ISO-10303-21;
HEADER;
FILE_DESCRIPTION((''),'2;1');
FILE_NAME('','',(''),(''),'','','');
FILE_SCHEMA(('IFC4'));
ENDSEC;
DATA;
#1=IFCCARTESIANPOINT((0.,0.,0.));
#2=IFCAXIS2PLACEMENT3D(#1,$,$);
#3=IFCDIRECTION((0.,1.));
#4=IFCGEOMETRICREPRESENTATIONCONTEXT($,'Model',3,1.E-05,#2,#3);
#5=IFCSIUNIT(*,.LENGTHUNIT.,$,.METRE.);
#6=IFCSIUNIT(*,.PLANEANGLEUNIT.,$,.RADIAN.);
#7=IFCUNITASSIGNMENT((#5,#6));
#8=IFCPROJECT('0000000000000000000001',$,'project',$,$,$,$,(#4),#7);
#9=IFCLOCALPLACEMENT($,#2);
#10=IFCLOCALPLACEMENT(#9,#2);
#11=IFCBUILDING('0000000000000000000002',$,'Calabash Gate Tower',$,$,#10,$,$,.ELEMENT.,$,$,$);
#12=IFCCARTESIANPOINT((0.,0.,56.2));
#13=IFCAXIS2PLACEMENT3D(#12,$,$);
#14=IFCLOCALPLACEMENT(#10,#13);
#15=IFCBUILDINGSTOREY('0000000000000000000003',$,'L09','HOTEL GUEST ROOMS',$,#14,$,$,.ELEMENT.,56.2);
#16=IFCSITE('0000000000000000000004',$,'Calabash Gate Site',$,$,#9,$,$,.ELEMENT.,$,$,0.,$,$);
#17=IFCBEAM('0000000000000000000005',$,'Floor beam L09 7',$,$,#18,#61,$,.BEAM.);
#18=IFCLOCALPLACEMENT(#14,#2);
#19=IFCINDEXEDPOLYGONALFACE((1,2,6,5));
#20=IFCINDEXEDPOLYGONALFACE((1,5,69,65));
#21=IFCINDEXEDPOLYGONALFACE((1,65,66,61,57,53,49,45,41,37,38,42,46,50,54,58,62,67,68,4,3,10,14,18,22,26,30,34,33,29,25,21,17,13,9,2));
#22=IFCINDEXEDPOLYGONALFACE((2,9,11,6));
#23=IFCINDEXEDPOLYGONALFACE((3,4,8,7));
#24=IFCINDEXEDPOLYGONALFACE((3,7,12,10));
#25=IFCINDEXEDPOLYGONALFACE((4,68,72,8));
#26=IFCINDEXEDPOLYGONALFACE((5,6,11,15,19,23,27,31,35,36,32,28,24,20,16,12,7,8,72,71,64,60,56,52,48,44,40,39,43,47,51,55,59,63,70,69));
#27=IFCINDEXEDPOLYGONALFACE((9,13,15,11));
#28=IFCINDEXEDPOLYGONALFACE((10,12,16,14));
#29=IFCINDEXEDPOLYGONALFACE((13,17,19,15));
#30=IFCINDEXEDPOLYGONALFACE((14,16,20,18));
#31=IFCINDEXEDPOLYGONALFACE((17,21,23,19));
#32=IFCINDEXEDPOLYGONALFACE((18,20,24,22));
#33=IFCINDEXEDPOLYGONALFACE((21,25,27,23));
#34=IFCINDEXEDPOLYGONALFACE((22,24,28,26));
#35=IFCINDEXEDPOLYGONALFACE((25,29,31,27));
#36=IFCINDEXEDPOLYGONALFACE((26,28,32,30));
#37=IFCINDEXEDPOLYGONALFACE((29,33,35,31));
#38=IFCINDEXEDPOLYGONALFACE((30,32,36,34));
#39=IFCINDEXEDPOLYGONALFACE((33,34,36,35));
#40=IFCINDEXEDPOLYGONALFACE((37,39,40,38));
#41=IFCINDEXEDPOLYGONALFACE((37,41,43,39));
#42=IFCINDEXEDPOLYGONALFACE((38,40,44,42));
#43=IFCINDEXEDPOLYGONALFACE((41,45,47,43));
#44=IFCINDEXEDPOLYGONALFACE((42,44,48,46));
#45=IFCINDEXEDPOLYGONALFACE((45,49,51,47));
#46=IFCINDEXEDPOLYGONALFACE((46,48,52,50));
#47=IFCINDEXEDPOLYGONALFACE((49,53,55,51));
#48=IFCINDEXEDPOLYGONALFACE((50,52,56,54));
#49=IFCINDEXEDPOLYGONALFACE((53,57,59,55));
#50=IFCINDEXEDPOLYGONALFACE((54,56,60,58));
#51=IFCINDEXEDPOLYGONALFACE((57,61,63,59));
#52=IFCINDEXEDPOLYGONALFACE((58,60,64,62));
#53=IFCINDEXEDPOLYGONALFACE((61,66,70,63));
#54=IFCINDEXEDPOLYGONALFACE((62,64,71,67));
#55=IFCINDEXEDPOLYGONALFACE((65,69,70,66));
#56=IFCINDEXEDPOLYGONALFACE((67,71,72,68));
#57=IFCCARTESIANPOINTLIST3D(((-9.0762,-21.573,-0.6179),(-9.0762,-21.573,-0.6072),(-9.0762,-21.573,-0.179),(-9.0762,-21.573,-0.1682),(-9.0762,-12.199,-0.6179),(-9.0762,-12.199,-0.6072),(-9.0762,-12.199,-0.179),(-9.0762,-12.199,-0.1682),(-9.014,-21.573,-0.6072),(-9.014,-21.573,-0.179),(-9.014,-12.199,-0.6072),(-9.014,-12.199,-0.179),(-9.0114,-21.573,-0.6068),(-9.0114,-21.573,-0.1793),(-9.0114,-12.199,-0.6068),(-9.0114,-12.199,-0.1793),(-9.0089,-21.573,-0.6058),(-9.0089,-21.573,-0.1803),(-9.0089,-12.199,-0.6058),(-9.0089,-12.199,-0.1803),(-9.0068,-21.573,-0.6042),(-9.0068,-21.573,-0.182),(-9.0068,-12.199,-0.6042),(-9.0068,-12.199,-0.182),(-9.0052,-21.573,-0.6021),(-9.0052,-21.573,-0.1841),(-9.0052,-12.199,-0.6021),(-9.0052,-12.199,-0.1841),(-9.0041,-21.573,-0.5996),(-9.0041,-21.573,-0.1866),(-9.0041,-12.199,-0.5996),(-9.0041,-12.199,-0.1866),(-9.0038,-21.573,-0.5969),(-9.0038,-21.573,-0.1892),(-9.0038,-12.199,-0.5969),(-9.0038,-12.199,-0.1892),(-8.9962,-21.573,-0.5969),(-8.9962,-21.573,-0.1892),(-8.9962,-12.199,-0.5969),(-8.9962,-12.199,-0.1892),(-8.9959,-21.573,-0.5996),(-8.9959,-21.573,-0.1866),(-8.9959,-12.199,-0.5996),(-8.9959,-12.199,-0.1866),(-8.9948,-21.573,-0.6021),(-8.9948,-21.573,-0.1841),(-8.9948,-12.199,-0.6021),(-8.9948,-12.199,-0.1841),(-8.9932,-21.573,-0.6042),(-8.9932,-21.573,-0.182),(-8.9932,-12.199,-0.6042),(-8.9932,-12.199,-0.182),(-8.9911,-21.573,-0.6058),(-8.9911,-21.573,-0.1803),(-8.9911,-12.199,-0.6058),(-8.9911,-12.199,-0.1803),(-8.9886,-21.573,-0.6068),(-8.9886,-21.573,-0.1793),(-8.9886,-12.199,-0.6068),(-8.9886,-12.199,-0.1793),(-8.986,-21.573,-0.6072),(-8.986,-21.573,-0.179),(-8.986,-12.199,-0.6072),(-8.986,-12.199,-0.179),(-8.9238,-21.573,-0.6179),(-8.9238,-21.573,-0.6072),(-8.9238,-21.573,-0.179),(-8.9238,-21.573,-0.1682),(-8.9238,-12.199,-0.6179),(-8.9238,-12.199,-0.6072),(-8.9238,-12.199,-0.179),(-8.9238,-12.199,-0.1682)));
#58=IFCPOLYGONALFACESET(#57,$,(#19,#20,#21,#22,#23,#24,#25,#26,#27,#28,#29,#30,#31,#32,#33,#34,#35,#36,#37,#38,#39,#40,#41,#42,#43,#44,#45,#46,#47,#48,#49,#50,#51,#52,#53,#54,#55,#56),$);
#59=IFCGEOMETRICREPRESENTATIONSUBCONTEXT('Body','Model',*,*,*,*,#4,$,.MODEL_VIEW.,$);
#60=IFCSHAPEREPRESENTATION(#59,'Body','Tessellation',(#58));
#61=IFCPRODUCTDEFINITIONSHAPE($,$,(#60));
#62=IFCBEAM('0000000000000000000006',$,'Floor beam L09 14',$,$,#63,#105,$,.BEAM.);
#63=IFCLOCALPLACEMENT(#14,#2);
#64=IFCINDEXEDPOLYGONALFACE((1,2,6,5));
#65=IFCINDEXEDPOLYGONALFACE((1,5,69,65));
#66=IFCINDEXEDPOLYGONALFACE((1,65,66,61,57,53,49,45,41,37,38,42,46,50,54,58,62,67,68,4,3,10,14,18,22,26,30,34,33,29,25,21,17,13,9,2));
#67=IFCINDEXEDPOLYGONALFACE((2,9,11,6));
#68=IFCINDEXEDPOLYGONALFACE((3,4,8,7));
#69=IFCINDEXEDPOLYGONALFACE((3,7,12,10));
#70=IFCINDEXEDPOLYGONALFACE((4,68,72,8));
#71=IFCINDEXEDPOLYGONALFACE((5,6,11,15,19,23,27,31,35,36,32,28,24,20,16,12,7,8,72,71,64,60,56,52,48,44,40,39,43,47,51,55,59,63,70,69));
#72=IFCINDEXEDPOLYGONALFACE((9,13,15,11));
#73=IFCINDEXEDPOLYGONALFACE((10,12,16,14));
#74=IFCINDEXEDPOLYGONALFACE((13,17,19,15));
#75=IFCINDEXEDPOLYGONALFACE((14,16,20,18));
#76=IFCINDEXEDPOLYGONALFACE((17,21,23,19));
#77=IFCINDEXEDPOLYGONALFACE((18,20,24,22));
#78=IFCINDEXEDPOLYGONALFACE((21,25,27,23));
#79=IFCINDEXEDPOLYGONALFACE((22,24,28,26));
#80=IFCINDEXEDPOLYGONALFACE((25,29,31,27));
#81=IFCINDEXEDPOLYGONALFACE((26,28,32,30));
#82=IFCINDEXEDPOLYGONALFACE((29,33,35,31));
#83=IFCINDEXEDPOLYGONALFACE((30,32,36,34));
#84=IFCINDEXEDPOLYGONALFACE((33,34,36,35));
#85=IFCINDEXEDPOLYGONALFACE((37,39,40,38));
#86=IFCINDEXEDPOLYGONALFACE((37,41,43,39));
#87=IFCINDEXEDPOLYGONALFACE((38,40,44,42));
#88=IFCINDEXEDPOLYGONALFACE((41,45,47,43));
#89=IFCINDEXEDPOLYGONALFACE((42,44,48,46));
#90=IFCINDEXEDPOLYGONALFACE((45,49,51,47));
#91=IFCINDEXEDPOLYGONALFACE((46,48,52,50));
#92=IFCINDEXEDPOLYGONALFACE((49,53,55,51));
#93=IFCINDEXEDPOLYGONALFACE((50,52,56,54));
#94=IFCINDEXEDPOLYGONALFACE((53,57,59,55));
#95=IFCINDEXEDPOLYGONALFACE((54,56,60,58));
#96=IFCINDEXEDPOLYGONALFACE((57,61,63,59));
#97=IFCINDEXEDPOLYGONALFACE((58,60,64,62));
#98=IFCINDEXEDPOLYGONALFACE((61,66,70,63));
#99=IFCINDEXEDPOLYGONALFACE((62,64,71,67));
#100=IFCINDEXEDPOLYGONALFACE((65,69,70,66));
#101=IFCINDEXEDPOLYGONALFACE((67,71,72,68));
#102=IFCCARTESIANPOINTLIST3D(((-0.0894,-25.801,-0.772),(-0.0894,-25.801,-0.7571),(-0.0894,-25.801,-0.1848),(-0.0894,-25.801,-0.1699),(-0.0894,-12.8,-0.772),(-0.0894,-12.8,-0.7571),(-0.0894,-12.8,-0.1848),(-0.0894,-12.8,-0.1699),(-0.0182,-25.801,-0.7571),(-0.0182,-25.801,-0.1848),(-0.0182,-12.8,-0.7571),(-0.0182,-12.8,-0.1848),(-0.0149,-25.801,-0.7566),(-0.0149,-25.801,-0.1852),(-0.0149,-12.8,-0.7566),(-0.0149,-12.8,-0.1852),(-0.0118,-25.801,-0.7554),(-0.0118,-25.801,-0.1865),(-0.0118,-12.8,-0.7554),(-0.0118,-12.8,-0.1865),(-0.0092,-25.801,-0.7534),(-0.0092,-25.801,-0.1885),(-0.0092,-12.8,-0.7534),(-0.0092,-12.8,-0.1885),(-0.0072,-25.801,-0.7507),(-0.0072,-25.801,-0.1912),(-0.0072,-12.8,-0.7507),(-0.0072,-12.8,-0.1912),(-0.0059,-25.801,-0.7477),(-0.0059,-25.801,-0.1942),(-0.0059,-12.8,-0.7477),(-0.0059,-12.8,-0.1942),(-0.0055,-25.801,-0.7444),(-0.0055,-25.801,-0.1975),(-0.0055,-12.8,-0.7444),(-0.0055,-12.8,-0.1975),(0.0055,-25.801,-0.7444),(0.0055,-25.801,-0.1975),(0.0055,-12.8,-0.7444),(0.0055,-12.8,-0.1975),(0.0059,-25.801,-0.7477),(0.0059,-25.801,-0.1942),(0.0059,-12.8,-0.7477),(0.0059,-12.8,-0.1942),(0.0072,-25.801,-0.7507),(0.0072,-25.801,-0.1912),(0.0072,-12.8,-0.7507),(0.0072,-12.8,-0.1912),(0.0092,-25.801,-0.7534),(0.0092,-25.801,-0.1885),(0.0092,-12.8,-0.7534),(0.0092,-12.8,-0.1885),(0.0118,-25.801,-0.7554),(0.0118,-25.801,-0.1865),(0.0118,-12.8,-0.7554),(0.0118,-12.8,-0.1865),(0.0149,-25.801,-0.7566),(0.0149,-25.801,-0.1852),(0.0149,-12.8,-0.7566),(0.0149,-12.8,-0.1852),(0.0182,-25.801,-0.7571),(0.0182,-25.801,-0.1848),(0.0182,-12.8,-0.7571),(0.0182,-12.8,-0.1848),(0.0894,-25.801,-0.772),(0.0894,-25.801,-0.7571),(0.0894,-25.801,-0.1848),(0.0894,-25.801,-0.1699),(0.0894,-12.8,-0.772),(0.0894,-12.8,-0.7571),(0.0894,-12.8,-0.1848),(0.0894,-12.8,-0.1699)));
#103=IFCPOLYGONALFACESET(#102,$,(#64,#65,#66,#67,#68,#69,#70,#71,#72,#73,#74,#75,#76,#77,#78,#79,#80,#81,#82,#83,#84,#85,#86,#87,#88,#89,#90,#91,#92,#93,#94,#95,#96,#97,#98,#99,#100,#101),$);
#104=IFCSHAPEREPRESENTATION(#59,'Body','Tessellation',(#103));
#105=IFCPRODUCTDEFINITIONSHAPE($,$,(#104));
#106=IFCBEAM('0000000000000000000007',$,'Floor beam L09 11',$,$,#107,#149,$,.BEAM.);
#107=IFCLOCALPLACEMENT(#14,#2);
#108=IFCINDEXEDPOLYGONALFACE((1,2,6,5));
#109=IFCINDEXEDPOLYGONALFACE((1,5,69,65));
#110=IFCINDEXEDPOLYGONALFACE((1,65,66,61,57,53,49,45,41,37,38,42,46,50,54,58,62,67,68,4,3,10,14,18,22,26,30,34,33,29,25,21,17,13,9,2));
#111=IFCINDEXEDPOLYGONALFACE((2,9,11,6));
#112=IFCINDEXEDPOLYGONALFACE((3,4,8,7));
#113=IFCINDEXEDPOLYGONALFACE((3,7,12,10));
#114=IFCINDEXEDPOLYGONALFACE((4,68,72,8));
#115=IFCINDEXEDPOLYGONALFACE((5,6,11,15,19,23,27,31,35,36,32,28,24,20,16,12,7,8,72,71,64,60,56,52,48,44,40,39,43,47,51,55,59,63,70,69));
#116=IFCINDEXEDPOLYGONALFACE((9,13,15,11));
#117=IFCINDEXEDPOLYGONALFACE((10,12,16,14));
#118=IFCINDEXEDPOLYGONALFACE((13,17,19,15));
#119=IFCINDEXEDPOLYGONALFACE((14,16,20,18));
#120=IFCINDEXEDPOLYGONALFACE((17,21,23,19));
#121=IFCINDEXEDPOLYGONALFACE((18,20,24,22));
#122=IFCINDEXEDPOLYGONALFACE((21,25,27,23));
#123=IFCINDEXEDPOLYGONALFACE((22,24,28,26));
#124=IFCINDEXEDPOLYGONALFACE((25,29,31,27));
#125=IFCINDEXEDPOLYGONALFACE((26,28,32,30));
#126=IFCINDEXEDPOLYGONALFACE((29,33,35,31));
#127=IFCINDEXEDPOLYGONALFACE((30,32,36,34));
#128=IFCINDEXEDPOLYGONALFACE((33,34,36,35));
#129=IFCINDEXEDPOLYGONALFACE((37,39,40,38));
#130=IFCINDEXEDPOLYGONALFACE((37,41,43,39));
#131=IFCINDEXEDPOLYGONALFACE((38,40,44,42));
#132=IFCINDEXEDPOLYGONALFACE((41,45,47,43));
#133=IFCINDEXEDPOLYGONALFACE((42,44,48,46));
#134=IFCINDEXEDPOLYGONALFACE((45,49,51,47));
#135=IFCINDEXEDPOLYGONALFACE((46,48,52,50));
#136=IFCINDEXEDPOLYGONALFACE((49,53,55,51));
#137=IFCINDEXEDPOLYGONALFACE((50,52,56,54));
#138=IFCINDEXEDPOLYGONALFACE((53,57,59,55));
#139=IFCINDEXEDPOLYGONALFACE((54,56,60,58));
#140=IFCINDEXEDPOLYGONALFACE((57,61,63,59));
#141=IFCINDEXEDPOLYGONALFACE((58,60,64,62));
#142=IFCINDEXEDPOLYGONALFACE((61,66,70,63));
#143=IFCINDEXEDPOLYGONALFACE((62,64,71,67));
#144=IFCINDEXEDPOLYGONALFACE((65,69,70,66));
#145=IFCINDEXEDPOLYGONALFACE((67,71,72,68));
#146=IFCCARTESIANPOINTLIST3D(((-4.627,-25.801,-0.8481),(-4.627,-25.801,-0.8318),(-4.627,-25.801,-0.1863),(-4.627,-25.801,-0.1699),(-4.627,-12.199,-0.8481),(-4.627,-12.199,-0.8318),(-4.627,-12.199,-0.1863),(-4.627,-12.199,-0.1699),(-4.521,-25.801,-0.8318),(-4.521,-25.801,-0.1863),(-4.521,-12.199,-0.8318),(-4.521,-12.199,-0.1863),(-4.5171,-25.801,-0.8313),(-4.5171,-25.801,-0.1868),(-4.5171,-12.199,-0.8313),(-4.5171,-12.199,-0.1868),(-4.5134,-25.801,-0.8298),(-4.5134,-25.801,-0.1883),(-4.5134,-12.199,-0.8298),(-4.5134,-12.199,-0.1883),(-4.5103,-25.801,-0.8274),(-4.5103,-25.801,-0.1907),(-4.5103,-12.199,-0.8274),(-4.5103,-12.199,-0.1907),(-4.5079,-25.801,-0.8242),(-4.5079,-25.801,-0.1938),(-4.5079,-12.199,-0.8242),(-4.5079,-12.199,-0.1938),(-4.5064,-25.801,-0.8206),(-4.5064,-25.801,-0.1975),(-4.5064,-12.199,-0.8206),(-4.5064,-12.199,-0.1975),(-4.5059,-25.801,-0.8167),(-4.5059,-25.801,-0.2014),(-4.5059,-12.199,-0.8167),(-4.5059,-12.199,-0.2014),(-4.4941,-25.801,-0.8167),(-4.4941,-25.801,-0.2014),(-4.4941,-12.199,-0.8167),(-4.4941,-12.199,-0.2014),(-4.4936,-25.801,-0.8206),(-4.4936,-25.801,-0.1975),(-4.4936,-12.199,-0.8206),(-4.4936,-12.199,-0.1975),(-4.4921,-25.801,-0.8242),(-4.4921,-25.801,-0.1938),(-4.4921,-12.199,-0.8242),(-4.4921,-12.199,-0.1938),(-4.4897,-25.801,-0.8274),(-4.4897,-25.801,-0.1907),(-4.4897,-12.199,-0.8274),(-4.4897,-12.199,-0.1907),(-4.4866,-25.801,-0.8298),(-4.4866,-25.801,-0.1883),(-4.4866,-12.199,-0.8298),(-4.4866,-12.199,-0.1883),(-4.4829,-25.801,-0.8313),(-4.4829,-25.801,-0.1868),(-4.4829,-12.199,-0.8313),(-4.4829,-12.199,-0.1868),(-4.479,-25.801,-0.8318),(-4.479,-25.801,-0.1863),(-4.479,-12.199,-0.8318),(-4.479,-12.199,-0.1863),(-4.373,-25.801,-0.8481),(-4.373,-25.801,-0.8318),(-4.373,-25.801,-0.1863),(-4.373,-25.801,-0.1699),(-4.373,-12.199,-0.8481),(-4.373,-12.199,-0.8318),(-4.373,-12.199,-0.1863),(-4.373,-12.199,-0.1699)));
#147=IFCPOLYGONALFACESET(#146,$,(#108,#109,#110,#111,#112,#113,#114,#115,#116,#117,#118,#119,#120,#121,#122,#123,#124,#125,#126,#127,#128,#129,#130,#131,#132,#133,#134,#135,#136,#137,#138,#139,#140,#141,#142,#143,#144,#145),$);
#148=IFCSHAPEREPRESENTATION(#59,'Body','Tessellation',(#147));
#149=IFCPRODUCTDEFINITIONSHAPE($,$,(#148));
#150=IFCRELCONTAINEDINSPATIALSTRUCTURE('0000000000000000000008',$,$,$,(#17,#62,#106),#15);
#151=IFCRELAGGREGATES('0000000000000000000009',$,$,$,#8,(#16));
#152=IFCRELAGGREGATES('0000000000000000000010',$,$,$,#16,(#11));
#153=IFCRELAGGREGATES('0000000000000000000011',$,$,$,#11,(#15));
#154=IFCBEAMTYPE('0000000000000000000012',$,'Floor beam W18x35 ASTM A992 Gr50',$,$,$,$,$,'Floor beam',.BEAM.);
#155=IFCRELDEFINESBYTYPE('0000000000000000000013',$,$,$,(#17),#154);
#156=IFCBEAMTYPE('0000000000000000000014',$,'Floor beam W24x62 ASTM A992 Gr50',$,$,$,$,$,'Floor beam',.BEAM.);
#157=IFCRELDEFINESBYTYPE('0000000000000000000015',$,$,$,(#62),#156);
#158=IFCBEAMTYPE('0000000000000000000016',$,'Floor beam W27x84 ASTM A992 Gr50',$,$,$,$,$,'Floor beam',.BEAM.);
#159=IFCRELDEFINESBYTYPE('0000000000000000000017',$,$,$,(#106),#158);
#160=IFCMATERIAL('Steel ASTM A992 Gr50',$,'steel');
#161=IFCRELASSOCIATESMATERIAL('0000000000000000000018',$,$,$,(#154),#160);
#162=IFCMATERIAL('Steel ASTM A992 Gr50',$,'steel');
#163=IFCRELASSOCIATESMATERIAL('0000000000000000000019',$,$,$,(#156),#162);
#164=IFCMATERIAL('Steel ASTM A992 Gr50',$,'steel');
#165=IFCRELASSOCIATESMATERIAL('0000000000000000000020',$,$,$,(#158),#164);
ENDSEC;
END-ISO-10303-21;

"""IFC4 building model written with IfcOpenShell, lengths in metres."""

from ifc_helpers import new_model, si_unit, direction, frame, origin, origin_2d, place, context, subcontext, project, spatial, i_section, extrude, material, material_profile, profile_set, type_object, element, save


model = new_model("IFC4")

# Units and contexts
model_context = context("Model", 3, precision=1e-05, world=origin(), true_north=direction((0.0, 1.0)))
body_context = subcontext(model_context, "Body", "Model", "MODEL_VIEW")
ifc_project = project(units=[si_unit("LENGTHUNIT", "METRE"), si_unit("PLANEANGLEUNIT", "RADIAN")], contexts=[model_context])

# Site, building, storey
site_placement = place(None, origin())
site = spatial("IfcSite", under=ifc_project, at=site_placement, Name="Calabash Gate Site", CompositionType="ELEMENT", RefElevation=0.0)
building_placement = place(site_placement, origin())
building = spatial("IfcBuilding", under=site, at=building_placement, Name="Calabash Gate Tower", CompositionType="ELEMENT")
storey_placement = place(building_placement, frame((0.0, 0.0, 56.2)))
storey = spatial("IfcBuildingStorey", under=building, at=storey_placement, Name="L09", Description="HOTEL GUEST ROOMS", CompositionType="ELEMENT", Elevation=56.2)

# Beams
ifc_material_1 = material(Name="Steel ASTM A992 Gr50", Category="steel")
ifc_material_profile_1 = material_profile(ifc_material_1, i_section(OverallWidth=0.1523, OverallDepth=0.4497, WebThickness=0.0076, FlangeThickness=0.0107, FilletRadius=0.0103, at=origin_2d()))
ifc_profile_set_1 = profile_set([ifc_material_profile_1], Name="Steel ASTM A992 Gr50")
beam_type_1 = type_object("IfcBeamType", Name="Floor beam W18x35 ASTM A992 Gr50", ElementType="Floor beam", PredefinedType="BEAM", material=ifc_profile_set_1)
beam_1_placement = place(storey_placement, frame((-9.0, -21.573, -0.3931), z_axis=(0.0, 1.0, 0.0), x_axis=(-1.0, 0.0, 0.0)))
element("IfcBeam", 1, at=beam_1_placement, inside=storey, type_object=beam_type_1, Name="Floor beam L09 7", PredefinedType="BEAM", context=body_context, shape_type="SweptSolid", body=[
    extrude(i_section(OverallWidth=0.1523, OverallDepth=0.4497, WebThickness=0.0076, FlangeThickness=0.0107, FilletRadius=0.0103, at=origin_2d()), origin(), (0.0, 0.0, 1.0), 9.374),
])
ifc_material_2 = material(Name="Steel ASTM A992 Gr50", Category="steel")
ifc_material_profile_2 = material_profile(ifc_material_2, i_section(OverallWidth=0.1787, OverallDepth=0.6021, WebThickness=0.011, FlangeThickness=0.0149, FilletRadius=0.0127, at=origin_2d()))
ifc_profile_set_2 = profile_set([ifc_material_profile_2], Name="Steel ASTM A992 Gr50")
beam_type_2 = type_object("IfcBeamType", Name="Floor beam W24x62 ASTM A992 Gr50", ElementType="Floor beam", PredefinedType="BEAM", material=ifc_profile_set_2)
beam_2_placement = place(storey_placement, frame((0.0, -25.801, -0.4709), z_axis=(0.0, 1.0, 0.0), x_axis=(-1.0, 0.0, 0.0)))
element("IfcBeam", 2, at=beam_2_placement, inside=storey, type_object=beam_type_2, Name="Floor beam L09 14", PredefinedType="BEAM", context=body_context, shape_type="SweptSolid", body=[
    extrude(i_section(OverallWidth=0.1787, OverallDepth=0.6021, WebThickness=0.011, FlangeThickness=0.0149, FilletRadius=0.0127, at=origin_2d()), origin(), (0.0, 0.0, 1.0), 13.001),
])
ifc_material_3 = material(Name="Steel ASTM A992 Gr50", Category="steel")
ifc_material_profile_3 = material_profile(ifc_material_3, i_section(OverallWidth=0.2539, OverallDepth=0.6782, WebThickness=0.0117, FlangeThickness=0.0164, FilletRadius=0.0151, at=origin_2d()))
ifc_profile_set_3 = profile_set([ifc_material_profile_3], Name="Steel ASTM A992 Gr50")
beam_type_3 = type_object("IfcBeamType", Name="Floor beam W27x84 ASTM A992 Gr50", ElementType="Floor beam", PredefinedType="BEAM", material=ifc_profile_set_3)
beam_3_placement = place(storey_placement, frame((-4.5, -25.801, -0.509), z_axis=(0.0, 1.0, 0.0), x_axis=(-1.0, 0.0, 0.0)))
element("IfcBeam", 3, at=beam_3_placement, inside=storey, type_object=beam_type_3, Name="Floor beam L09 11", PredefinedType="BEAM", context=body_context, shape_type="SweptSolid", body=[
    extrude(i_section(OverallWidth=0.2539, OverallDepth=0.6782, WebThickness=0.0117, FlangeThickness=0.0164, FilletRadius=0.0151, at=origin_2d()), origin(), (0.0, 0.0, 1.0), 13.6021),
])

save(model, "model.ifc")
